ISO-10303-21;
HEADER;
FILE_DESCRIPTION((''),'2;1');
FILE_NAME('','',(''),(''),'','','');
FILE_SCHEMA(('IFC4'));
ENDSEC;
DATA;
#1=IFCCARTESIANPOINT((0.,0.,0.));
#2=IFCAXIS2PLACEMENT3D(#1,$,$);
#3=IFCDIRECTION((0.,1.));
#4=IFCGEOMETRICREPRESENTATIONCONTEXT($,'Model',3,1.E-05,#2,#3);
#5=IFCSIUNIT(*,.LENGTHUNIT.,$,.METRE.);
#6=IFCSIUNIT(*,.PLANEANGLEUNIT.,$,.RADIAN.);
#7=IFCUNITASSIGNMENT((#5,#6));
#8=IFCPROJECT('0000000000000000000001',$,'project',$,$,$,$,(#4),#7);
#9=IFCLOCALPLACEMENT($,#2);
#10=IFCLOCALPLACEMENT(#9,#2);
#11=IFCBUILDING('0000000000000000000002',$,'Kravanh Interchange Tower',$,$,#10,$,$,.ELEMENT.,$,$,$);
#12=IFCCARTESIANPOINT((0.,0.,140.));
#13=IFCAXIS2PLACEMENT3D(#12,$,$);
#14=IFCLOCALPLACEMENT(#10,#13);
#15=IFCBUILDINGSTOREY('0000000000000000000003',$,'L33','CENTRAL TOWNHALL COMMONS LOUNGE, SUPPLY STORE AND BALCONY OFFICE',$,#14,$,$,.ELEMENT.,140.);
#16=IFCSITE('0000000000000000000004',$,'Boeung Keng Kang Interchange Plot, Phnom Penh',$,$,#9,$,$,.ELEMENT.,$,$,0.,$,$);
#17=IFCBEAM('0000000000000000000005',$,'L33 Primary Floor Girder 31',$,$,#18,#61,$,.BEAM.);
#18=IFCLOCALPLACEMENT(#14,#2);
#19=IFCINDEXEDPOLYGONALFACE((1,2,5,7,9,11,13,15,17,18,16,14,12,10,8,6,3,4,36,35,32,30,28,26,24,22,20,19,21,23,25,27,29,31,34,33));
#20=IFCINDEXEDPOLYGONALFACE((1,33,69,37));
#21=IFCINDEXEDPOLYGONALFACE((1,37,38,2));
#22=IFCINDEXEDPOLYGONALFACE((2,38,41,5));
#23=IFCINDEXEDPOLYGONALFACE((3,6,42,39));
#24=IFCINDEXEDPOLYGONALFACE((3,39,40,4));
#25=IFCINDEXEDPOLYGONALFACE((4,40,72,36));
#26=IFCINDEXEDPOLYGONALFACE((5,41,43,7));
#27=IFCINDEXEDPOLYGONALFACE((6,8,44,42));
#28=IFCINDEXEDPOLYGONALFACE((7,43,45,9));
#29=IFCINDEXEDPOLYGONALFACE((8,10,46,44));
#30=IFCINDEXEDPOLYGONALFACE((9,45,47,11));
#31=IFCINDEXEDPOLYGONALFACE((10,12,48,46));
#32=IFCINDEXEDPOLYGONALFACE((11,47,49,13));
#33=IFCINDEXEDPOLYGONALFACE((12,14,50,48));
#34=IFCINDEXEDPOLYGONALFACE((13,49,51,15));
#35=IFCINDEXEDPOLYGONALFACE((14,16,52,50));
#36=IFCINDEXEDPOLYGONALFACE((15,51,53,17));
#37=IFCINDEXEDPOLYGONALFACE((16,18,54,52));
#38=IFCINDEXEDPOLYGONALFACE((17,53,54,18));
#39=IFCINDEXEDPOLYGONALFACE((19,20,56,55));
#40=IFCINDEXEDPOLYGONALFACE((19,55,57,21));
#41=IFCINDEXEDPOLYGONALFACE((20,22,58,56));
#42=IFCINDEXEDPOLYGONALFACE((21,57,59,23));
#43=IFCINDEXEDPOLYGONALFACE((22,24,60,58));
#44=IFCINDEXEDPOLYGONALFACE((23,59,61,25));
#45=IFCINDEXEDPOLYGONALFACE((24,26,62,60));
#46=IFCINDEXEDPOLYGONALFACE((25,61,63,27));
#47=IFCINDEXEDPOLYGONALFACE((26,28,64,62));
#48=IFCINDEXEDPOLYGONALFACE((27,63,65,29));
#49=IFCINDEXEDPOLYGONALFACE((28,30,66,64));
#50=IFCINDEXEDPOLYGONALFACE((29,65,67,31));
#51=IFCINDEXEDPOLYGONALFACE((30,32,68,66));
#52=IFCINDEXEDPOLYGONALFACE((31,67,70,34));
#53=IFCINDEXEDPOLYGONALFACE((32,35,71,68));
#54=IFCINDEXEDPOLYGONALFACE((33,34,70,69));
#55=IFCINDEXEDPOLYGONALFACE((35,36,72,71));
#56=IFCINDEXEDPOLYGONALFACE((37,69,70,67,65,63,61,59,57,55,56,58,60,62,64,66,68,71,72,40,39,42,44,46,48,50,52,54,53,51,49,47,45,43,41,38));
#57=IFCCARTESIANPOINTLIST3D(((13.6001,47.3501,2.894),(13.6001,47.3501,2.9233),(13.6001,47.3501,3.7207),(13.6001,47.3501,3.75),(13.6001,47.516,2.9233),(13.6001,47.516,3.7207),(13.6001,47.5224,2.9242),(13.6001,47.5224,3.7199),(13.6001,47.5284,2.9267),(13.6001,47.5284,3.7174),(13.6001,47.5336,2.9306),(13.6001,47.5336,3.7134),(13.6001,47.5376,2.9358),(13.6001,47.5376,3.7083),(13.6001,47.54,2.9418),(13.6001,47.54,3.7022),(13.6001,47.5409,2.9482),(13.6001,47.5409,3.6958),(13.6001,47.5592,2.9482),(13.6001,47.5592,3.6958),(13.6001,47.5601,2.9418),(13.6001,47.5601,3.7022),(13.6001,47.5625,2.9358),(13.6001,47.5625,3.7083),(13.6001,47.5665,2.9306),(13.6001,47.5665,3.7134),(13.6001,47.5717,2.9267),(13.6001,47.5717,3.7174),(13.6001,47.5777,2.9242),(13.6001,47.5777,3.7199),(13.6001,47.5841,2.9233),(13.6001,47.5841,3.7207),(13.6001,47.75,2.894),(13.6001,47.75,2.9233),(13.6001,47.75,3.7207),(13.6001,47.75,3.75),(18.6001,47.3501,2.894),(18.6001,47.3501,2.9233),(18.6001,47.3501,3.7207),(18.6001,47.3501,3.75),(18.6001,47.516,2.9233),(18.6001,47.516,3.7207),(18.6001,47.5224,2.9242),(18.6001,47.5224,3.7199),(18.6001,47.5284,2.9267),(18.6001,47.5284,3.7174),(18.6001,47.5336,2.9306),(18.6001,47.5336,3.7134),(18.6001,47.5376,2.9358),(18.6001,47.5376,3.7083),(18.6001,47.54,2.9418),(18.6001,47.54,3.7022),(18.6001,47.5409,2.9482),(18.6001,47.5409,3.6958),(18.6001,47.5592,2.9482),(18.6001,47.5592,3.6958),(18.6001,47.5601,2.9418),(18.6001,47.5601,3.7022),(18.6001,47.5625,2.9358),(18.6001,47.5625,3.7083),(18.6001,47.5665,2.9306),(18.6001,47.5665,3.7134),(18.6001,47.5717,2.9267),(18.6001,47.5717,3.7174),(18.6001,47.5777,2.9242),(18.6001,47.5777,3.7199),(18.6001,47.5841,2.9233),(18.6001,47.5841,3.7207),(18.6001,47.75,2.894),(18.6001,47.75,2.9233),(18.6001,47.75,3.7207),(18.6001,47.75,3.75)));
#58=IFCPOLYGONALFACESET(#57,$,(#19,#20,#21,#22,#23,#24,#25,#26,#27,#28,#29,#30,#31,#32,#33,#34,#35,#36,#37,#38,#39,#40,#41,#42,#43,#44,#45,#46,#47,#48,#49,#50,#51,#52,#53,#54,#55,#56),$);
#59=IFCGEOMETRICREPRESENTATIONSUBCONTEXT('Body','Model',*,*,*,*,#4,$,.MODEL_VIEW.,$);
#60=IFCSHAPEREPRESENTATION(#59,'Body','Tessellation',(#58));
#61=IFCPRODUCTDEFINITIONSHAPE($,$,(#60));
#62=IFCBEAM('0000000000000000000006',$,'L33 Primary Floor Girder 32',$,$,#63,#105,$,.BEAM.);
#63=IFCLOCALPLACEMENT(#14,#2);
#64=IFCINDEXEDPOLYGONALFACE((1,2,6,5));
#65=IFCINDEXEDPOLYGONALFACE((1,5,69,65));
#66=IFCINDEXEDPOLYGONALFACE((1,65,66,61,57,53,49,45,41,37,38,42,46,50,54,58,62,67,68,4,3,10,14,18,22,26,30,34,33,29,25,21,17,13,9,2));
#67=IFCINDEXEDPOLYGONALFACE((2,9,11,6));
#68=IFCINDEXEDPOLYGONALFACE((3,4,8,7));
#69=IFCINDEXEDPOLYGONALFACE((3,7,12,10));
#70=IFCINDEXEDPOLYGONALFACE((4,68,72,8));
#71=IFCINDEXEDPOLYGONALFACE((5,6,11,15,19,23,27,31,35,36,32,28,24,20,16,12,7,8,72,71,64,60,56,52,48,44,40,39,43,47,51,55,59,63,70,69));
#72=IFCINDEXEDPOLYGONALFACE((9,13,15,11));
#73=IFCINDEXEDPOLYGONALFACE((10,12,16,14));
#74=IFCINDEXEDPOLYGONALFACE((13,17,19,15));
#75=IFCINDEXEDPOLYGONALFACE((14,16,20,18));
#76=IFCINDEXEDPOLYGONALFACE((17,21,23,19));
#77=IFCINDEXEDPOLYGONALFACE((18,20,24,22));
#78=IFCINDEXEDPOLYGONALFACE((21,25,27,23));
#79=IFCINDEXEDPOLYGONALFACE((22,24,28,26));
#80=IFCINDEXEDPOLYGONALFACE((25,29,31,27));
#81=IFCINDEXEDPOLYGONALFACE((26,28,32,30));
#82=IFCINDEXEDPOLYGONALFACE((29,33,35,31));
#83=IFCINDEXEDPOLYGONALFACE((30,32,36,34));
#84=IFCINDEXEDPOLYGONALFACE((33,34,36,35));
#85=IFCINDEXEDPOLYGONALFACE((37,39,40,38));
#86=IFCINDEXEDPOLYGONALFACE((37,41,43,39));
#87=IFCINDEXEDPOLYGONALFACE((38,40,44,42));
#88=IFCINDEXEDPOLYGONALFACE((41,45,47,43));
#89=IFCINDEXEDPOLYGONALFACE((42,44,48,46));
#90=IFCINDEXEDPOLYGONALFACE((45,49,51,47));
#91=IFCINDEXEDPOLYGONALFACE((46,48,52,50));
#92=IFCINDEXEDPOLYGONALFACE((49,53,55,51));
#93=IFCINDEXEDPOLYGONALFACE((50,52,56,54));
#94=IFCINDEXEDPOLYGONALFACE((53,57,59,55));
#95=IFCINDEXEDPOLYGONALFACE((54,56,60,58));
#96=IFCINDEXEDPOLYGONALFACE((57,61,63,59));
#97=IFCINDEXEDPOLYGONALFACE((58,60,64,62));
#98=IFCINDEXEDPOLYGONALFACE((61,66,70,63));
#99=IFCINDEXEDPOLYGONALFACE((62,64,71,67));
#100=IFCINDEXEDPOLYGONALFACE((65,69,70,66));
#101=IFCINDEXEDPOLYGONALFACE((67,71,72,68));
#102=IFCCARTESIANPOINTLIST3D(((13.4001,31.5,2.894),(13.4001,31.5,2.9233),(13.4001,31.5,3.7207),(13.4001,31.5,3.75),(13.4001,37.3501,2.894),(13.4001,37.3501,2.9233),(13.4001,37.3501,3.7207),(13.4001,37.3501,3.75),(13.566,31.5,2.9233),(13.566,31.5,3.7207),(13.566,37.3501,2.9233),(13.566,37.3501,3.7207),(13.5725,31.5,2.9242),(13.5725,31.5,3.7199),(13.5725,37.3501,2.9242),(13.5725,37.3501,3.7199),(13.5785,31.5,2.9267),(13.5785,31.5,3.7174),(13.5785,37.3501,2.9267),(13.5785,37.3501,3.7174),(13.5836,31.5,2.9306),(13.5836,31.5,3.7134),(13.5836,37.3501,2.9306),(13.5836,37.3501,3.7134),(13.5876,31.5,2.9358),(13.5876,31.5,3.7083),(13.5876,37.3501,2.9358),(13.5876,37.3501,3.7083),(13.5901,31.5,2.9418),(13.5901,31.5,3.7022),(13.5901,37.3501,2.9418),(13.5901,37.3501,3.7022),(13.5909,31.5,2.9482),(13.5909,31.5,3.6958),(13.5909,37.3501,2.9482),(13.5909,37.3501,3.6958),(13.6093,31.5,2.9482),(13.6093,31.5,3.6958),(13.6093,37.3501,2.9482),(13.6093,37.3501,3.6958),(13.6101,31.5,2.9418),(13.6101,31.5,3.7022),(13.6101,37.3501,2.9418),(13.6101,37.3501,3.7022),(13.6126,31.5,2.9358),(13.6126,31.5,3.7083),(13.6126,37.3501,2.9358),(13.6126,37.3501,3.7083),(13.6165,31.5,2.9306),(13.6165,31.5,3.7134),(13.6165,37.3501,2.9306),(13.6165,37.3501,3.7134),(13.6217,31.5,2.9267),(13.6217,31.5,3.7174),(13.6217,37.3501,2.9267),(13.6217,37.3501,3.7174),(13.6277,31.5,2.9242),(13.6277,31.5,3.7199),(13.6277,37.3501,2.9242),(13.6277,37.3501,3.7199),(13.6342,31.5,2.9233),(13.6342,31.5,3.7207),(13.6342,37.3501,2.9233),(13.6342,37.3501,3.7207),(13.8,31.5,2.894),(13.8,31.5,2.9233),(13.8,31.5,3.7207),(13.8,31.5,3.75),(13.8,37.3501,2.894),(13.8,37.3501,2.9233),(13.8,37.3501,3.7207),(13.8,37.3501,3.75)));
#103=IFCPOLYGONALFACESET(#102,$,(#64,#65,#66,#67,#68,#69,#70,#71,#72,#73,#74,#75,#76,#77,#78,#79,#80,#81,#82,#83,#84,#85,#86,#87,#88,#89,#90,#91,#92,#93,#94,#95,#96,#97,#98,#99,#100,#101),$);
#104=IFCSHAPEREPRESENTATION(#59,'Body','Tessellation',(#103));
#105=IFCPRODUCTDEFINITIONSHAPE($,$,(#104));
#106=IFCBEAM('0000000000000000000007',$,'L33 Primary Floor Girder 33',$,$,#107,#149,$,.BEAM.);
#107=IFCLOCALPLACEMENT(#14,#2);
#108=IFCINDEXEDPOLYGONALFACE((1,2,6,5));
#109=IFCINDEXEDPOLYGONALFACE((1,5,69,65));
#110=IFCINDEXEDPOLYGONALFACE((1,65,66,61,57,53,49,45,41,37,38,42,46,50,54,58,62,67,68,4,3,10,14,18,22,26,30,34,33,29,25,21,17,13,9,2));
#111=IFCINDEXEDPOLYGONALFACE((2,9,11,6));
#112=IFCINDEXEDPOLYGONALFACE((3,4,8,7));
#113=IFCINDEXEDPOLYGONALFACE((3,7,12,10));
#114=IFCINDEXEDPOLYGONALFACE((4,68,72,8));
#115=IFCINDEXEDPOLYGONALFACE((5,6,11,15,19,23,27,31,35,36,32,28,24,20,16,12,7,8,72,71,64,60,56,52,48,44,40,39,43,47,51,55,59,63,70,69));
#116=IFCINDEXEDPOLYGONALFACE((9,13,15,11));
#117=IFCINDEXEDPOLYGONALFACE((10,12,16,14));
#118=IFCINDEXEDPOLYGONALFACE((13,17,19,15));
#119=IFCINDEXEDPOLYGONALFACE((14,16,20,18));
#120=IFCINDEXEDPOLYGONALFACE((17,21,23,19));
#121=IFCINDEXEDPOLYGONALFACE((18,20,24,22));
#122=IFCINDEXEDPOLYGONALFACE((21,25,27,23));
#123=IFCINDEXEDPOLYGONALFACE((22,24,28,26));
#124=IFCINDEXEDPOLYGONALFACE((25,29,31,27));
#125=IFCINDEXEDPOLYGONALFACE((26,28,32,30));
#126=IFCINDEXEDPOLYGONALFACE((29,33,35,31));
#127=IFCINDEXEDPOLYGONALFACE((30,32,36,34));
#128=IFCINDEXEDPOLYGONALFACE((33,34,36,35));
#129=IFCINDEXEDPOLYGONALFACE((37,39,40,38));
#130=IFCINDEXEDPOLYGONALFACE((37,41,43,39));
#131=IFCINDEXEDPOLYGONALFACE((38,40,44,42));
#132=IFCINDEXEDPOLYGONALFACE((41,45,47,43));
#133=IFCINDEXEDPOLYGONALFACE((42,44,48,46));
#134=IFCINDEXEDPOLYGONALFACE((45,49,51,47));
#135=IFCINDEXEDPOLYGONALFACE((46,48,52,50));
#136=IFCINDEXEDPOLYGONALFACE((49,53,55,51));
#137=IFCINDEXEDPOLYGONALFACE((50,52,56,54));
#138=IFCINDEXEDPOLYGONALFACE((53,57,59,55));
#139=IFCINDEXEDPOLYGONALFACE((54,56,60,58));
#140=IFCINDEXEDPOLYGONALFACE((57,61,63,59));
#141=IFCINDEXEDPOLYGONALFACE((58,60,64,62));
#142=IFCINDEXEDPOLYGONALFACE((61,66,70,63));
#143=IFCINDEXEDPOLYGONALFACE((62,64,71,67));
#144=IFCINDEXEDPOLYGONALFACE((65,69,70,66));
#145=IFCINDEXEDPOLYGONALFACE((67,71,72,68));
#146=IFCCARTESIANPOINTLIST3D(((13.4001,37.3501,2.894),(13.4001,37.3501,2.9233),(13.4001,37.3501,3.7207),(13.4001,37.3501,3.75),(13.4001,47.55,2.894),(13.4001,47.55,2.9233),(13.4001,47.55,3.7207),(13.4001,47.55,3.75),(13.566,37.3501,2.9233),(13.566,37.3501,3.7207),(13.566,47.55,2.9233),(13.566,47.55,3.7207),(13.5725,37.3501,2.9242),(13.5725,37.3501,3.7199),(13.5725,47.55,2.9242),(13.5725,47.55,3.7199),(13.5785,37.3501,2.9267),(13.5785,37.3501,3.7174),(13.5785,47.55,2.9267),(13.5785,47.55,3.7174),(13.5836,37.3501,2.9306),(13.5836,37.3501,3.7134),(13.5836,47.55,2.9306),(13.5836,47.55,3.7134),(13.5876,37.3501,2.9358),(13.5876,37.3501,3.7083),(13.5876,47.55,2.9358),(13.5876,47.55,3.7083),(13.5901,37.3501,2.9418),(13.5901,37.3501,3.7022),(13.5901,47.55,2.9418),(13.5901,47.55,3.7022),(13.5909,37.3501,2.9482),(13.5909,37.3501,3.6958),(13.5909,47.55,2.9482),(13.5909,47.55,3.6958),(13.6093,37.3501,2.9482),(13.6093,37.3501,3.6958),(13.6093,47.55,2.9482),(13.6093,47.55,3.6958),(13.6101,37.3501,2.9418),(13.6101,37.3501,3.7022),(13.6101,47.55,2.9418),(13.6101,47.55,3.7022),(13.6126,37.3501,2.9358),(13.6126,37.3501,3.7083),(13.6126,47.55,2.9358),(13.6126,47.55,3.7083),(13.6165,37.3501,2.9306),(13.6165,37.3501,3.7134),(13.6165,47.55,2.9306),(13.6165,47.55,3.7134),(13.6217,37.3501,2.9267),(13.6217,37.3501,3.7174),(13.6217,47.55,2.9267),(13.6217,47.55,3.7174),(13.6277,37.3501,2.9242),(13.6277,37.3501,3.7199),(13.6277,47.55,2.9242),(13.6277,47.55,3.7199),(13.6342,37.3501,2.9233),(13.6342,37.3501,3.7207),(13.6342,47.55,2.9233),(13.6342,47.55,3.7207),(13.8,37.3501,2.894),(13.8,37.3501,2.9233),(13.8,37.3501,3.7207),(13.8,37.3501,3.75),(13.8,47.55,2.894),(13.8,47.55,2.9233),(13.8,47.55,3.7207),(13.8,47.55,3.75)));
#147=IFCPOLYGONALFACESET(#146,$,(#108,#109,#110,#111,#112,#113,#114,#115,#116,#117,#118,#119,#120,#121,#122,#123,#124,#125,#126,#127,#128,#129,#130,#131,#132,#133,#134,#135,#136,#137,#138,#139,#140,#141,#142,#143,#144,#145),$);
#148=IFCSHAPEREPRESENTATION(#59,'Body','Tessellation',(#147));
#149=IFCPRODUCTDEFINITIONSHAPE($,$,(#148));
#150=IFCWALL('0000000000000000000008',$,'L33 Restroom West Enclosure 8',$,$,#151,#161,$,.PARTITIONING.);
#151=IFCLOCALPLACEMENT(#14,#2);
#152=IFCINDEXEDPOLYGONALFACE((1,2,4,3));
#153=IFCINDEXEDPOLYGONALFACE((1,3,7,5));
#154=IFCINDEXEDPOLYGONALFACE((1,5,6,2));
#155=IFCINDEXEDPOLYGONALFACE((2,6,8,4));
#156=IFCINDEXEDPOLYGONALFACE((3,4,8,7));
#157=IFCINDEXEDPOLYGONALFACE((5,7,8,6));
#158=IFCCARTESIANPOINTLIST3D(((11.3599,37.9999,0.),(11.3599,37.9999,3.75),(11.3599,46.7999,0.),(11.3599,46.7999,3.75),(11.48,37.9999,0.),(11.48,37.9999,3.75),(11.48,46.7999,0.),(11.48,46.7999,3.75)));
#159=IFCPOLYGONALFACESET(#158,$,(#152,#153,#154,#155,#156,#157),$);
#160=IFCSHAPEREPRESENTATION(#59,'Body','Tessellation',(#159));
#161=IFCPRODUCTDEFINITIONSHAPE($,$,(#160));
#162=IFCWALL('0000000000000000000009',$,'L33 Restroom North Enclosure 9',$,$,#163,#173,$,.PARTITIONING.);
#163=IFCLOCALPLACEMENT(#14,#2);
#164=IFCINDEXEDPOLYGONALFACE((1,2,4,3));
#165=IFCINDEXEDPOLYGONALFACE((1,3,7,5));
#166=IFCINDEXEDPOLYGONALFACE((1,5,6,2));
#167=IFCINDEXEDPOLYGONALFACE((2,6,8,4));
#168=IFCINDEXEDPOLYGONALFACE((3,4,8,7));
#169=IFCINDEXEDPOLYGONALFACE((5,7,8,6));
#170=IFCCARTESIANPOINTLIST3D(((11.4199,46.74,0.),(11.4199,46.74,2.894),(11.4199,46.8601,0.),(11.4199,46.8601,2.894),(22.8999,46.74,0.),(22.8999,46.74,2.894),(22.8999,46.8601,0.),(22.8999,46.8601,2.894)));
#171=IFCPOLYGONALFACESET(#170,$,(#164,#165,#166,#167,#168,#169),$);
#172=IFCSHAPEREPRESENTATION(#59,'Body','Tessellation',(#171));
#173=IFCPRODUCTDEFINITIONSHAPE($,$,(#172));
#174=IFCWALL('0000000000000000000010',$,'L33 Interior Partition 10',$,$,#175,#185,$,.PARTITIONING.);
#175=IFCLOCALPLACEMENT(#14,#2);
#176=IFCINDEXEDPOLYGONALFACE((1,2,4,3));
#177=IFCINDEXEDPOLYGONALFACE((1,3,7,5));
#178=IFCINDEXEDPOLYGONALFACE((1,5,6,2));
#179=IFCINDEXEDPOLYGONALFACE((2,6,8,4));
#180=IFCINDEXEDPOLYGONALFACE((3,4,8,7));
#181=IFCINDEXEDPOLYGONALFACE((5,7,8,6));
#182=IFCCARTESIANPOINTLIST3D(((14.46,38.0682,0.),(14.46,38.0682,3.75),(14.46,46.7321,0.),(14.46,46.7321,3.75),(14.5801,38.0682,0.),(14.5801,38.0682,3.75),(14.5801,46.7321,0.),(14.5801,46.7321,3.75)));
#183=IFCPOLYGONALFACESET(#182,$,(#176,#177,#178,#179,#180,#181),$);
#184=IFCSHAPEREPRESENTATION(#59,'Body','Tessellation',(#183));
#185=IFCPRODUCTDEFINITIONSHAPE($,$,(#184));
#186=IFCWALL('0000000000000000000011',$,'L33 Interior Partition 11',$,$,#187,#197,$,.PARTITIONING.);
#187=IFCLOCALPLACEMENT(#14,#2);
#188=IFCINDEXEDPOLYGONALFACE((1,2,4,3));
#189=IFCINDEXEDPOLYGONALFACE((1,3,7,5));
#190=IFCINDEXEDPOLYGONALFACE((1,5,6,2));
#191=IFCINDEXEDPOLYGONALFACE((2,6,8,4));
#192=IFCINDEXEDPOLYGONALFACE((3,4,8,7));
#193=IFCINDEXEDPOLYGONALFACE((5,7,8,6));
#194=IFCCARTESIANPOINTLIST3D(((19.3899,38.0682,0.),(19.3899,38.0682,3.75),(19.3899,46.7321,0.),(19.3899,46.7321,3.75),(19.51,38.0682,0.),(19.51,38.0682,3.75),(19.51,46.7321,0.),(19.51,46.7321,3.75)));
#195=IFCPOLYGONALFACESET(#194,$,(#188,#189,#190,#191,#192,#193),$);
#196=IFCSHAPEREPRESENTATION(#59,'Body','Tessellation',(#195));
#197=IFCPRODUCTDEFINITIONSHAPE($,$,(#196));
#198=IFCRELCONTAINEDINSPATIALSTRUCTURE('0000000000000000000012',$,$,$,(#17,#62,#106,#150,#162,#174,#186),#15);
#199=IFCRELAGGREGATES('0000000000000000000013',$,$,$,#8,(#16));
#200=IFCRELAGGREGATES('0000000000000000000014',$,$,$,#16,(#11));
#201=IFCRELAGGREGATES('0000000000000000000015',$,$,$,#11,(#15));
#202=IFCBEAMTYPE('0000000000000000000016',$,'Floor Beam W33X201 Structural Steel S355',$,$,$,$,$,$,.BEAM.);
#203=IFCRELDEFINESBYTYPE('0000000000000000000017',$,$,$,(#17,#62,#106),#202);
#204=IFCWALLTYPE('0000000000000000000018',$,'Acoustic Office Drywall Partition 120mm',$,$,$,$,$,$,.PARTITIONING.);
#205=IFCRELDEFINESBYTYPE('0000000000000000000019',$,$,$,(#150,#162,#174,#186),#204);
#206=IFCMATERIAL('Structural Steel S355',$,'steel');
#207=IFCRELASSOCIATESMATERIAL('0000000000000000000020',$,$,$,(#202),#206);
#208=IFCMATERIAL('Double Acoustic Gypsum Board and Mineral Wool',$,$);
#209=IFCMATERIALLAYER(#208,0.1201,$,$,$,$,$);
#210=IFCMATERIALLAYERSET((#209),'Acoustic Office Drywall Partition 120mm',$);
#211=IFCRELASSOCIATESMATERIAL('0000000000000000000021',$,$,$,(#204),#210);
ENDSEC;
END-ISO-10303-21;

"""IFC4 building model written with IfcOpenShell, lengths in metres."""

from ifc_helpers import new_model, si_unit, direction, frame, frame_2d, origin, origin_2d, place, context, subcontext, project, spatial, rectangle, i_section, extrude, material, layer, layer_set, material_profile, profile_set, type_object, element, save


model = new_model("IFC4")

# Units and contexts
model_context = context("Model", 3, precision=1e-05, world=origin(), true_north=direction((0.0, 1.0)))
body_context = subcontext(model_context, "Body", "Model", "MODEL_VIEW")
ifc_project = project(units=[si_unit("LENGTHUNIT", "METRE"), si_unit("PLANEANGLEUNIT", "RADIAN")], contexts=[model_context])

# Site, building, storey
site_placement = place(None, origin())
site = spatial("IfcSite", under=ifc_project, at=site_placement, Name="Boeung Keng Kang Interchange Plot, Phnom Penh", CompositionType="ELEMENT", RefElevation=0.0)
building_placement = place(site_placement, origin())
building = spatial("IfcBuilding", under=site, at=building_placement, Name="Kravanh Interchange Tower", CompositionType="ELEMENT")
storey_placement = place(building_placement, frame((0.0, 0.0, 140.0)))
storey = spatial("IfcBuildingStorey", under=building, at=storey_placement, Name="L33", Description="CENTRAL TOWNHALL COMMONS LOUNGE, SUPPLY STORE AND BALCONY OFFICE", CompositionType="ELEMENT", Elevation=140.0)

# Beams
ifc_material_1 = material(Name="Structural Steel S355", Category="steel")
ifc_material_profile_1 = material_profile(ifc_material_1, i_section(OverallWidth=0.3999, OverallDepth=0.856, WebThickness=0.0183, FlangeThickness=0.0293, FilletRadius=0.0249, at=origin_2d()), Name="W33X201")
ifc_profile_set_1 = profile_set([ifc_material_profile_1], Name="Structural Steel S355")
beam_type = type_object("IfcBeamType", Name="Floor Beam W33X201 Structural Steel S355", PredefinedType="BEAM", material=ifc_profile_set_1)
beam_1_placement = place(storey_placement, frame((18.6001, 47.55, 3.322), z_axis=(-1.0, 0.0, 0.0), x_axis=(0.0, -1.0, 0.0)))
element("IfcBeam", 1, at=beam_1_placement, inside=storey, type_object=beam_type, Name="L33 Primary Floor Girder 31", PredefinedType="BEAM", context=body_context, shape_type="SweptSolid", body=[
    extrude(i_section(OverallWidth=0.3999, OverallDepth=0.856, WebThickness=0.0183, FlangeThickness=0.0293, FilletRadius=0.0249, at=origin_2d()), origin(), (0.0, 0.0, 1.0), 5.0),
])
beam_2_placement = place(storey_placement, frame((13.6001, 37.3501, 3.322), z_axis=(0.0, -1.0, 0.0), x_axis=(1.0, 0.0, 0.0)))
element("IfcBeam", 2, at=beam_2_placement, inside=storey, type_object=beam_type, Name="L33 Primary Floor Girder 32", PredefinedType="BEAM", context=body_context, shape_type="SweptSolid", body=[
    extrude(i_section(OverallWidth=0.3999, OverallDepth=0.856, WebThickness=0.0183, FlangeThickness=0.0293, FilletRadius=0.0249, at=origin_2d()), origin(), (0.0, 0.0, 1.0), 5.8501),
])
beam_3_placement = place(storey_placement, frame((13.6001, 37.3501, 3.322), z_axis=(0.0, 1.0, 0.0), x_axis=(-1.0, 0.0, 0.0)))
element("IfcBeam", 3, at=beam_3_placement, inside=storey, type_object=beam_type, Name="L33 Primary Floor Girder 33", PredefinedType="BEAM", context=body_context, shape_type="SweptSolid", body=[
    extrude(i_section(OverallWidth=0.3999, OverallDepth=0.856, WebThickness=0.0183, FlangeThickness=0.0293, FilletRadius=0.0249, at=origin_2d()), origin(), (0.0, 0.0, 1.0), 10.2),
])

# Shared definitions
ifc_material_2 = material(Name="Double Acoustic Gypsum Board and Mineral Wool")
ifc_layer_1 = layer(ifc_material_2, 0.1201)
ifc_layer_set_1 = layer_set([ifc_layer_1], Name="Acoustic Office Drywall Partition 120mm")
wall_type_1 = type_object("IfcWallType", Name="Acoustic Office Drywall Partition 120mm", PredefinedType="PARTITIONING", material=ifc_layer_set_1)

# Walls
wall_1_placement = place(storey_placement, frame((11.4199, 38.0, 0.0), z_axis=(0.0, 0.0, 1.0), x_axis=(0.0, 1.0, 0.0)))
element("IfcWall", 4, at=wall_1_placement, inside=storey, type_object=wall_type_1, Name="L33 Restroom West Enclosure 8", PredefinedType="PARTITIONING", context=body_context, shape_type="SweptSolid", body=[
    extrude(rectangle(XDim=8.8, YDim=0.1201, at=frame_2d((4.3999, 0.0))), origin(), (0.0, 0.0, 1.0), 3.75),
])
wall_2_placement = place(storey_placement, frame((11.4199, 46.8, 0.0), z_axis=(0.0, 0.0, 1.0), x_axis=(1.0, 0.0, 0.0)))
element("IfcWall", 5, at=wall_2_placement, inside=storey, type_object=wall_type_1, Name="L33 Restroom North Enclosure 9", PredefinedType="PARTITIONING", context=body_context, shape_type="SweptSolid", body=[
    extrude(rectangle(XDim=11.48, YDim=0.1201, at=frame_2d((5.74, 0.0))), origin(), (0.0, 0.0, 1.0), 2.894),
])
for number, where, z_axis, x_axis, name in (
    (6, (14.52, 38.0681, 0.0), (0.0, 0.0, 1.0), (0.0, 1.0, 0.0), "L33 Interior Partition 10"),
    (7, (19.45, 38.0681, 0.0), (0.0, 0.0, 1.0), (0.0, 1.0, 0.0), "L33 Interior Partition 11"),
):
    element("IfcWall", number, at=place(storey_placement, frame(where, z_axis=z_axis, x_axis=x_axis)), inside=storey, type_object=wall_type_1, Name=name, PredefinedType="PARTITIONING", context=body_context, shape_type="SweptSolid", body=[
        extrude(rectangle(XDim=8.6638, YDim=0.1201, at=frame_2d((4.332, 0.0))), origin(), (0.0, 0.0, 1.0), 3.75),
    ])

save(model, "model.ifc")
